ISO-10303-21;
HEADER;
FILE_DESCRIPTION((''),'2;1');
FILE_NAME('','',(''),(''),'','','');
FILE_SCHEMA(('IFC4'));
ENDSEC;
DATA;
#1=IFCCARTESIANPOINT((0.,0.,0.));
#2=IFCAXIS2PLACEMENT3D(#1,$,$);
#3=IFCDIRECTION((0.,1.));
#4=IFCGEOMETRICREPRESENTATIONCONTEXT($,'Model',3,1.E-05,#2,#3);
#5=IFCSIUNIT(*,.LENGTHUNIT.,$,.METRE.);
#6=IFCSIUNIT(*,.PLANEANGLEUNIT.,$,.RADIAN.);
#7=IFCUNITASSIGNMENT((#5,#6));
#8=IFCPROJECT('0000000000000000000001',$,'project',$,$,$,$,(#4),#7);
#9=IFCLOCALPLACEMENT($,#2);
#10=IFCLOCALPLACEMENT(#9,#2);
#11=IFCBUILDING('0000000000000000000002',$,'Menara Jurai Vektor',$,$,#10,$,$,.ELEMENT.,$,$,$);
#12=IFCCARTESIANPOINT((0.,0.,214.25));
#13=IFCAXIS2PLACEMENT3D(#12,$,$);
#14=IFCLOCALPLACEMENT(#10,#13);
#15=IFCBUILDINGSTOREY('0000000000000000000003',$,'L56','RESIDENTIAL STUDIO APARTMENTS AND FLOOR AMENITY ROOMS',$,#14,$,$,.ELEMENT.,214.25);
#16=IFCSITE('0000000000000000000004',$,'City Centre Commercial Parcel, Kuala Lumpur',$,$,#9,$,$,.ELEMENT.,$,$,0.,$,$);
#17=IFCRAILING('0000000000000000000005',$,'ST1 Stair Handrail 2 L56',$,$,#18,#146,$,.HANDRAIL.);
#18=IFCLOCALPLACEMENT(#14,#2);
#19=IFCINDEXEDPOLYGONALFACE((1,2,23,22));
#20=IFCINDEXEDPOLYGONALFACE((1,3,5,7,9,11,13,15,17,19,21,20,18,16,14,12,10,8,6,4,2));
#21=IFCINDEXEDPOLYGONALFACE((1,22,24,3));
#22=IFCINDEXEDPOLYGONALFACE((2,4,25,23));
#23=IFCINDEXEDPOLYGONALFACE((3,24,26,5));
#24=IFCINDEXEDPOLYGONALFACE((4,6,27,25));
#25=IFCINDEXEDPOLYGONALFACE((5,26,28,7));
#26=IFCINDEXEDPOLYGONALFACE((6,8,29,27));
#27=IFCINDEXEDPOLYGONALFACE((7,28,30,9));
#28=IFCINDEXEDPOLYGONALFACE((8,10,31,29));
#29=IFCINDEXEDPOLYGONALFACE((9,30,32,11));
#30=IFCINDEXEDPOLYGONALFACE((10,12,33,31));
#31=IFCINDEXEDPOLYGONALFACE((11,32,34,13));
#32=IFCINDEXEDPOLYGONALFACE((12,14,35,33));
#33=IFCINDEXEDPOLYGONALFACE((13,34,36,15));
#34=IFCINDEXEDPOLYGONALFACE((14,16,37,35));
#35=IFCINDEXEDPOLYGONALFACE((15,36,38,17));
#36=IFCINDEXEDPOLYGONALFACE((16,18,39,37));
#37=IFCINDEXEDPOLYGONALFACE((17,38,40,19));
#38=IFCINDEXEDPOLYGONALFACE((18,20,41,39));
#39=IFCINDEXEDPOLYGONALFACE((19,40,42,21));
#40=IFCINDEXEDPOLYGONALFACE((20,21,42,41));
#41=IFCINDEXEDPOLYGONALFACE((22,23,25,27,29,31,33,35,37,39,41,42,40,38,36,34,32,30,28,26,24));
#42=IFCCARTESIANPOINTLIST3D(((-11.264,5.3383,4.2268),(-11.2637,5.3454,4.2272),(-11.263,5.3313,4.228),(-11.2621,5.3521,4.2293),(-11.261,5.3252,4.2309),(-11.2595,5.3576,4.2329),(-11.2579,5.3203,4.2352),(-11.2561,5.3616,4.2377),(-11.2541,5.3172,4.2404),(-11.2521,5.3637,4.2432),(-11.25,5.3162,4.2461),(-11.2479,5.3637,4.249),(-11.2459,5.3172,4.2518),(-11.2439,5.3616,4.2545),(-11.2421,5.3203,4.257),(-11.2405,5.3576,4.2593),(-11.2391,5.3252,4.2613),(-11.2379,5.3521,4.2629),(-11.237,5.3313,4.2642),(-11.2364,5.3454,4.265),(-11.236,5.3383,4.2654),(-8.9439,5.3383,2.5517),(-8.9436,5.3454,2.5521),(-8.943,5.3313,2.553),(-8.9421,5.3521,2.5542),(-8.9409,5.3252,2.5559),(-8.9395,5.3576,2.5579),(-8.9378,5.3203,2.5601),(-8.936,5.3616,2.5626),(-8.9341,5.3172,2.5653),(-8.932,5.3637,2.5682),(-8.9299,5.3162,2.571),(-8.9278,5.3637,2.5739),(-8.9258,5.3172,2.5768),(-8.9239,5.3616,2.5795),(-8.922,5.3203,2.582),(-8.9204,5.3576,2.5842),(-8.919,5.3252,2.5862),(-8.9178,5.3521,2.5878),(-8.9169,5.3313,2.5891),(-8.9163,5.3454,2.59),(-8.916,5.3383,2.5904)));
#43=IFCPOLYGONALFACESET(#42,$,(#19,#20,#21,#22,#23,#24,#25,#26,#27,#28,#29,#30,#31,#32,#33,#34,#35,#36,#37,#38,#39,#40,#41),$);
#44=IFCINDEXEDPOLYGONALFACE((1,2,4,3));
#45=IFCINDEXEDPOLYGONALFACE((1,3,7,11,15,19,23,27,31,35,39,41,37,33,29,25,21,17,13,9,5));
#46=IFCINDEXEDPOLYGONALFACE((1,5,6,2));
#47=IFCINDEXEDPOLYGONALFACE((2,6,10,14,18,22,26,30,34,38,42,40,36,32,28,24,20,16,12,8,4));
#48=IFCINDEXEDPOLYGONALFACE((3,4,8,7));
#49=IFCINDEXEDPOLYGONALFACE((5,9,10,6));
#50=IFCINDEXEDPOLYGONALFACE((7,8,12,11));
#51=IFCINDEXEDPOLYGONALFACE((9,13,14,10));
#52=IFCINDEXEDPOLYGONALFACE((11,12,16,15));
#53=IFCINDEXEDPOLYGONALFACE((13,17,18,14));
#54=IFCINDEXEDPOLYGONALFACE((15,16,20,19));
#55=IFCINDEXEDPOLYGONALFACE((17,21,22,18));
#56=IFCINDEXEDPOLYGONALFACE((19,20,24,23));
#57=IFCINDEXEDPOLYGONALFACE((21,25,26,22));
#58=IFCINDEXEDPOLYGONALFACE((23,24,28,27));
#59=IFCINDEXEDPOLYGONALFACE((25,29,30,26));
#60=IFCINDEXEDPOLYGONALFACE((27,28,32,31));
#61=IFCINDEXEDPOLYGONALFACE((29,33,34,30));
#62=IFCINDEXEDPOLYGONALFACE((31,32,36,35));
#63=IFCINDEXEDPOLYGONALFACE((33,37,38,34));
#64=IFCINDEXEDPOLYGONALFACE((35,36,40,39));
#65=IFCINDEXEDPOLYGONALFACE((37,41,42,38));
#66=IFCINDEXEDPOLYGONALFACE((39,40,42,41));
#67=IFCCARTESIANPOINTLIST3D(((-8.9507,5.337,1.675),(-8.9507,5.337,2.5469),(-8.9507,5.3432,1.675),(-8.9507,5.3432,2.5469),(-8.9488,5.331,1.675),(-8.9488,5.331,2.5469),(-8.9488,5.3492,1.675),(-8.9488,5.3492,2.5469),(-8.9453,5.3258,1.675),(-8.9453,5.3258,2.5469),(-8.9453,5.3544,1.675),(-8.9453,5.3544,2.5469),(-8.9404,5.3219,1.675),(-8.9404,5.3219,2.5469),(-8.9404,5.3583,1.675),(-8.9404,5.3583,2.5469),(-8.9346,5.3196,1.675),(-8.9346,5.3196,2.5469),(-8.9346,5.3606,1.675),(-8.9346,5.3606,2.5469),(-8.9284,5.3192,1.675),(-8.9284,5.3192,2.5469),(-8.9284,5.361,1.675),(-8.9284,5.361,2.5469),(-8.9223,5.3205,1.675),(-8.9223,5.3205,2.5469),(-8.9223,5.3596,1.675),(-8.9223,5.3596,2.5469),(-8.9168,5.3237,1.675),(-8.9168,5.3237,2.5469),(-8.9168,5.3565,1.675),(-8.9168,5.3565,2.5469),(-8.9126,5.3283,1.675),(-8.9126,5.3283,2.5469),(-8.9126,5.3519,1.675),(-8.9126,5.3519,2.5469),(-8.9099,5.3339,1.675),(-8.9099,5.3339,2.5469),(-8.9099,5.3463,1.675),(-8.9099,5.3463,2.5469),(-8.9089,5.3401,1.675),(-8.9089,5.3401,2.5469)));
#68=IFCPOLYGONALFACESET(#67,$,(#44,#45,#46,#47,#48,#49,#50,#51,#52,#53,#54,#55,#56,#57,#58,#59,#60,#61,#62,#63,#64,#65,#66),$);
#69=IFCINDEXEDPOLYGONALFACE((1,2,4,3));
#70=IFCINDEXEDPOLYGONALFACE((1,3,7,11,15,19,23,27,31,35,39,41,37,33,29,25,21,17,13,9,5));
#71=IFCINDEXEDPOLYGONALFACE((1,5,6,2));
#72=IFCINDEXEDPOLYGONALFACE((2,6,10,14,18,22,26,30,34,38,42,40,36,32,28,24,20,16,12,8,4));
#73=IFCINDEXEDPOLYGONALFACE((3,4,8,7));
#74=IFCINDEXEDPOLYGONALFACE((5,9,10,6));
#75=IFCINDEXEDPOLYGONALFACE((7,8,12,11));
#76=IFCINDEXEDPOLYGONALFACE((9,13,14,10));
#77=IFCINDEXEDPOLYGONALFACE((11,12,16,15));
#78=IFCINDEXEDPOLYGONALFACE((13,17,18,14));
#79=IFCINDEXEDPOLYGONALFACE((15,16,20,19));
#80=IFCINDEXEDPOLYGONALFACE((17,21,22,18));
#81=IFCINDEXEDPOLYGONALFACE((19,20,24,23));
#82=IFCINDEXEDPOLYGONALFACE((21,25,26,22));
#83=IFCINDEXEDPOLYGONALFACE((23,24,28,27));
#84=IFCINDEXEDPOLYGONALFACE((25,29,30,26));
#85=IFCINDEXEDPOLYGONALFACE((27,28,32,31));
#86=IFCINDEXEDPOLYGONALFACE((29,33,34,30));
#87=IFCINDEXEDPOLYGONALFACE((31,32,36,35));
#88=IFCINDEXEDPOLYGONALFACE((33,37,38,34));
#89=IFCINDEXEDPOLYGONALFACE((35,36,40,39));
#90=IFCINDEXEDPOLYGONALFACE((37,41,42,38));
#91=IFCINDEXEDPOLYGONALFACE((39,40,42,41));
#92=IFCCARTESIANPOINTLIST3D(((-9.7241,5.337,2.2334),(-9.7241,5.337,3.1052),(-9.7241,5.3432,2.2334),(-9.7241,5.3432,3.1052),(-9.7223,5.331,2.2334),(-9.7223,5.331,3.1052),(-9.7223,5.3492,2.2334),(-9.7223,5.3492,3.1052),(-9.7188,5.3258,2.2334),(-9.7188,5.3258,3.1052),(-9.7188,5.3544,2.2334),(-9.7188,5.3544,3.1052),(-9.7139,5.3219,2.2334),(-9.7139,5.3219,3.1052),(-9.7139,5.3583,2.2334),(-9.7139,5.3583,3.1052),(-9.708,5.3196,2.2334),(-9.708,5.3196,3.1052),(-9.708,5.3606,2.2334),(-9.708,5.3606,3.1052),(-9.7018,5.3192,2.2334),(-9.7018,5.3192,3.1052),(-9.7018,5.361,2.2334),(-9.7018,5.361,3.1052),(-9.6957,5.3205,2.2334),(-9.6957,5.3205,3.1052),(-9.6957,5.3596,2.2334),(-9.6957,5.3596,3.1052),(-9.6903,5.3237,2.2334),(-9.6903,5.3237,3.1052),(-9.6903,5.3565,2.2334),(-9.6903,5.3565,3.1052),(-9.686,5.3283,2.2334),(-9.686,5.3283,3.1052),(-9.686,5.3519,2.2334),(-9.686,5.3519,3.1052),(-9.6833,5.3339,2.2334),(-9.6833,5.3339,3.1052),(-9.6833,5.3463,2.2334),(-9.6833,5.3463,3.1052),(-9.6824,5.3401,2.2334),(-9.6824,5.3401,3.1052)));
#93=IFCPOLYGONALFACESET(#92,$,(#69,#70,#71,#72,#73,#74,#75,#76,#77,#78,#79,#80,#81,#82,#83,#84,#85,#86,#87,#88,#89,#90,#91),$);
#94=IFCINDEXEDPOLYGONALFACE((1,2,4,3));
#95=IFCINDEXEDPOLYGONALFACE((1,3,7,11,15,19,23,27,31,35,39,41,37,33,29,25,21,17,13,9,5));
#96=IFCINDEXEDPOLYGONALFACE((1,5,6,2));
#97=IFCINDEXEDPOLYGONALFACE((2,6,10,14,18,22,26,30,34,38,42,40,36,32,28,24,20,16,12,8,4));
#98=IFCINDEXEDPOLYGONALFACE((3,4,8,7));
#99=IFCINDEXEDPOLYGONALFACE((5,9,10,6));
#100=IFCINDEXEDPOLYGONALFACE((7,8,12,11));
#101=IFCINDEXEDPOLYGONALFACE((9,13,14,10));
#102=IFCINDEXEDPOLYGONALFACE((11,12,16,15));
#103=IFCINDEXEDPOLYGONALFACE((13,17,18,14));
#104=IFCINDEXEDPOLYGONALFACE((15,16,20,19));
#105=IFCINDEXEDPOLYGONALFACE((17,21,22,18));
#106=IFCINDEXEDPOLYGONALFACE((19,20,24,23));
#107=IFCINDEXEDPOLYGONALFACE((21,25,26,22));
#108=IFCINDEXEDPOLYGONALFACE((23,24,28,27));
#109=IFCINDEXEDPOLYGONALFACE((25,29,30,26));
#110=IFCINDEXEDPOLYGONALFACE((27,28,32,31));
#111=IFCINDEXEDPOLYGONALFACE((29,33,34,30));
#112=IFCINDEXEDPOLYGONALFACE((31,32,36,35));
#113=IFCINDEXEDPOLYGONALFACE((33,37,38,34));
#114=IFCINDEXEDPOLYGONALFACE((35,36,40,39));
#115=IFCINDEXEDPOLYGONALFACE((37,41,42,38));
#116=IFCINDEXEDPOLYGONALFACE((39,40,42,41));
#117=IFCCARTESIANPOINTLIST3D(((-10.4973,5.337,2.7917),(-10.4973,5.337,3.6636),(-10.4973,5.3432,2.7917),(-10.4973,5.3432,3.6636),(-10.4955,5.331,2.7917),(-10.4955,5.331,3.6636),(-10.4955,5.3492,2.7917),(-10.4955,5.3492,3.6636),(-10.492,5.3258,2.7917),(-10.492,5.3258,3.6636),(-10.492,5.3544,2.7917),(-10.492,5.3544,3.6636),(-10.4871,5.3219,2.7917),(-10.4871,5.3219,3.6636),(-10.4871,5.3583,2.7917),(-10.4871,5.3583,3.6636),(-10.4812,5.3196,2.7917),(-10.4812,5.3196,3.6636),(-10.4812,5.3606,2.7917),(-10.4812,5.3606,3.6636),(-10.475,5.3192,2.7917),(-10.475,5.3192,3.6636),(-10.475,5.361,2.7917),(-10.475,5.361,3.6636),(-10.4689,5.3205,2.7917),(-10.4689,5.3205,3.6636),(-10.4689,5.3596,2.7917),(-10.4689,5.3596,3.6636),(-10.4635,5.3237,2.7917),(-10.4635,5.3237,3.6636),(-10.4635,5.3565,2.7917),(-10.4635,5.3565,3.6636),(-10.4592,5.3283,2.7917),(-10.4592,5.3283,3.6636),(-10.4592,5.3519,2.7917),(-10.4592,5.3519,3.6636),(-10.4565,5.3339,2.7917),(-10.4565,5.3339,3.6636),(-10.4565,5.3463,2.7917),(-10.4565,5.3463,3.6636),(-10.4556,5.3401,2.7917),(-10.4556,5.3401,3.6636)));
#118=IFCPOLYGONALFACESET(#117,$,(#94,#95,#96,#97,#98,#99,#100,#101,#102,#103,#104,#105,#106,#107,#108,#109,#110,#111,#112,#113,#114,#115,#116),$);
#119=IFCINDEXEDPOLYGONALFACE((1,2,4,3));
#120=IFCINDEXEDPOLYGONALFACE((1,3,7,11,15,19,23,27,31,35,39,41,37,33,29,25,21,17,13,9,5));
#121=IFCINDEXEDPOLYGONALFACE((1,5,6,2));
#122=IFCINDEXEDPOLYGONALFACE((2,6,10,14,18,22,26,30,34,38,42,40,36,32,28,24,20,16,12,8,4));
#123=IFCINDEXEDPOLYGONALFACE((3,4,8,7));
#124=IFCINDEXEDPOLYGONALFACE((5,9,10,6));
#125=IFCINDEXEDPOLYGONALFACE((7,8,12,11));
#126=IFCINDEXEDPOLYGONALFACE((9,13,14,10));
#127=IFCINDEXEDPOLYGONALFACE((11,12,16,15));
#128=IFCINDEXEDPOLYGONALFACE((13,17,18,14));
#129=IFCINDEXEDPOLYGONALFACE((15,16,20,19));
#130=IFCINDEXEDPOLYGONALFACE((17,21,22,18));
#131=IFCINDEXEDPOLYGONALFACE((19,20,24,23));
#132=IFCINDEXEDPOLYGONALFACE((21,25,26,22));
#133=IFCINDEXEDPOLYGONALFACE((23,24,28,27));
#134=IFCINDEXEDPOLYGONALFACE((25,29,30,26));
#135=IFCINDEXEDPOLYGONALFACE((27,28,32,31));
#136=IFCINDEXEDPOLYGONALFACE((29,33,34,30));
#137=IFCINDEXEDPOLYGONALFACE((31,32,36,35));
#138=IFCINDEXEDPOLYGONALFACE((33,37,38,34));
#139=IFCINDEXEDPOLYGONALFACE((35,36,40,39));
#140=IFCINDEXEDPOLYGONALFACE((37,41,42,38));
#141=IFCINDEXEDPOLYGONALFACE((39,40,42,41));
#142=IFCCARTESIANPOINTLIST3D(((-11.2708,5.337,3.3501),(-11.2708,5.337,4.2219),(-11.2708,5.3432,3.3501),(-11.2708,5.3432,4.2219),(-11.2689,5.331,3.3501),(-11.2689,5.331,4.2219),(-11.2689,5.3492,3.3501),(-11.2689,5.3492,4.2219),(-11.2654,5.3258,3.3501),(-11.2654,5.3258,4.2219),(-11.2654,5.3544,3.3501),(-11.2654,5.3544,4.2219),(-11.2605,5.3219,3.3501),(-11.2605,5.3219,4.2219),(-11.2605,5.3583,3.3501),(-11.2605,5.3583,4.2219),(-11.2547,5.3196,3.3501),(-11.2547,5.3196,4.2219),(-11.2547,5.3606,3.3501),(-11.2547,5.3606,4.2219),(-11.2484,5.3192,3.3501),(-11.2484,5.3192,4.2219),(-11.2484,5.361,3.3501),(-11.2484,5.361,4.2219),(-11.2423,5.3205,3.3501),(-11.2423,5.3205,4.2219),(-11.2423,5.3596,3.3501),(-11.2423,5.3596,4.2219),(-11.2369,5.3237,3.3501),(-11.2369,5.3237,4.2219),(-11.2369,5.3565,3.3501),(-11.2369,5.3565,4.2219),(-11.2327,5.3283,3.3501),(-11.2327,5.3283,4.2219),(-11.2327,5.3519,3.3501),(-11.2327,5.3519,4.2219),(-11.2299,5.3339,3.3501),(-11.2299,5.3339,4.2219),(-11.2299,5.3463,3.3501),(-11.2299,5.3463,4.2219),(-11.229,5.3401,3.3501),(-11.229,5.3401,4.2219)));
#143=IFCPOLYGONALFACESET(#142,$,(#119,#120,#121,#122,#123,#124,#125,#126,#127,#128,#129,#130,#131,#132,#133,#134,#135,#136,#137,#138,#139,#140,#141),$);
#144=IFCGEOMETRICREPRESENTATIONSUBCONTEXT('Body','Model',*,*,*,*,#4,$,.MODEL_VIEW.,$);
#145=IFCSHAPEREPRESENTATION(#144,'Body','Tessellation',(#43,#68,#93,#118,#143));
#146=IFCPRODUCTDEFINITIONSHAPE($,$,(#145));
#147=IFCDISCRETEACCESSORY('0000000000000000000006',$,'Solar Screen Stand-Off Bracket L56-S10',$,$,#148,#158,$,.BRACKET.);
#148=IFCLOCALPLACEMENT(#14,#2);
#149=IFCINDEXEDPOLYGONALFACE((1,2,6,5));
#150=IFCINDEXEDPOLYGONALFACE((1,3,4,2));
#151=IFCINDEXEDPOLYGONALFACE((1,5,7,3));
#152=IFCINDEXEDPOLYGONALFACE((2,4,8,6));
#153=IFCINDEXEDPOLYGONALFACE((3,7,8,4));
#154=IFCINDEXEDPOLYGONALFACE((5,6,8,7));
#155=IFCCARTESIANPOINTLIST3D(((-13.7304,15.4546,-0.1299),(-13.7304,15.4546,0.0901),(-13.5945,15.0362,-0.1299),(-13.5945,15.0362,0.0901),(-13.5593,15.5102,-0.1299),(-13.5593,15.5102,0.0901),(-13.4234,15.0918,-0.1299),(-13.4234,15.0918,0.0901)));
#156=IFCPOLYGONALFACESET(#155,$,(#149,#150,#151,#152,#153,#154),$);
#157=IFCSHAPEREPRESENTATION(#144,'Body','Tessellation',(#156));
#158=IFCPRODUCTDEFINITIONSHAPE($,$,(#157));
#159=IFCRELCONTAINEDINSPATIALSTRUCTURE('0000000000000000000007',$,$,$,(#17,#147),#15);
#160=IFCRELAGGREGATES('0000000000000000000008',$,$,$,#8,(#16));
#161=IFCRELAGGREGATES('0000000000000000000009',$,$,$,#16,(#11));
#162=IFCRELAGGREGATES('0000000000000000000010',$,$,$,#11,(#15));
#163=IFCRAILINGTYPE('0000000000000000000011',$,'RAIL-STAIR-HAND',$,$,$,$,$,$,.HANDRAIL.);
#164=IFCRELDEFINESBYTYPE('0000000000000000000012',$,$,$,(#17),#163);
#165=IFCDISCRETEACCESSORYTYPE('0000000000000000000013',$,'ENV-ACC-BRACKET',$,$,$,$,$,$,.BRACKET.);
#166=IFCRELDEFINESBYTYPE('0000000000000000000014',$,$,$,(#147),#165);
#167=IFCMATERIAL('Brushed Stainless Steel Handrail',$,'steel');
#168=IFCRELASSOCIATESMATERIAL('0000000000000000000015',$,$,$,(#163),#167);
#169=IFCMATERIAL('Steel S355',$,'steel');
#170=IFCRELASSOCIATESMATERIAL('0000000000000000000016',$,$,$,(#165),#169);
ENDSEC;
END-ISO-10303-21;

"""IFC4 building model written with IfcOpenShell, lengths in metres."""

from ifc_helpers import new_model, si_unit, direction, frame, origin, origin_2d, place, context, subcontext, project, spatial, rectangle, circle, extrude, material, type_object, element, save


model = new_model("IFC4")

# Units and contexts
model_context = context("Model", 3, precision=1e-05, world=origin(), true_north=direction((0.0, 1.0)))
body_context = subcontext(model_context, "Body", "Model", "MODEL_VIEW")
ifc_project = project(units=[si_unit("LENGTHUNIT", "METRE"), si_unit("PLANEANGLEUNIT", "RADIAN")], contexts=[model_context])

# Site, building, storey
site_placement = place(None, origin())
site = spatial("IfcSite", under=ifc_project, at=site_placement, Name="City Centre Commercial Parcel, Kuala Lumpur", CompositionType="ELEMENT", RefElevation=0.0)
building_placement = place(site_placement, origin())
building = spatial("IfcBuilding", under=site, at=building_placement, Name="Menara Jurai Vektor", CompositionType="ELEMENT")
storey_placement = place(building_placement, frame((0.0, 0.0, 214.25)))
storey = spatial("IfcBuildingStorey", under=building, at=storey_placement, Name="L56", Description="RESIDENTIAL STUDIO APARTMENTS AND FLOOR AMENITY ROOMS", CompositionType="ELEMENT", Elevation=214.25)

# Shared definitions
ifc_material_1 = material(Name="Steel S355", Category="steel")

# Railing
ifc_material_2 = material(Name="Brushed Stainless Steel Handrail", Category="steel")
railing_type = type_object("IfcRailingType", Name="RAIL-STAIR-HAND", PredefinedType="HANDRAIL", material=ifc_material_2)
railing_placement = place(storey_placement, frame((-8.9299, 5.3401, 1.675)))
element("IfcRailing", 1, at=railing_placement, inside=storey, type_object=railing_type, Name="ST1 Stair Handrail 2 L56", PredefinedType="HANDRAIL", context=body_context, shape_type="SweptSolid", body=[
    extrude(circle(Radius=0.0239, at=origin_2d()), frame((0.0, 0.0, 0.896), z_axis=(-0.810771, 0.0, 0.585363), x_axis=(0.0, -1.0, 0.0)), (0.0, 0.0, 1.0), 2.8616),
    extrude(circle(Radius=0.021, at=origin_2d()), origin(), (0.0, 0.0, 1.0), 0.8718),
    extrude(circle(Radius=0.021, at=origin_2d()), frame((-0.7734, 0.0, 0.5583)), (0.0, 0.0, 1.0), 0.8718),
    extrude(circle(Radius=0.021, at=origin_2d()), frame((-1.5466, 0.0, 1.1167)), (0.0, 0.0, 1.0), 0.8718),
    extrude(circle(Radius=0.021, at=origin_2d()), frame((-2.3201, 0.0, 1.675)), (0.0, 0.0, 1.0), 0.8718),
])

# Discrete accessory
discrete_accessory_type = type_object("IfcDiscreteAccessoryType", Name="ENV-ACC-BRACKET", PredefinedType="BRACKET", material=ifc_material_1)
discrete_accessory_placement = place(storey_placement, frame((-13.5769, 15.2732, -0.1299), z_axis=(0.0, 0.0, 1.0), x_axis=(-0.951057, -0.309017, 0.0)))
element("IfcDiscreteAccessory", 2, at=discrete_accessory_placement, inside=storey, type_object=discrete_accessory_type, Name="Solar Screen Stand-Off Bracket L56-S10", PredefinedType="BRACKET", context=body_context, shape_type="SweptSolid", body=[
    extrude(rectangle(XDim=0.1799, YDim=0.4399, at=origin_2d()), origin(), (0.0, 0.0, 1.0), 0.22),
])

save(model, "model.ifc")
